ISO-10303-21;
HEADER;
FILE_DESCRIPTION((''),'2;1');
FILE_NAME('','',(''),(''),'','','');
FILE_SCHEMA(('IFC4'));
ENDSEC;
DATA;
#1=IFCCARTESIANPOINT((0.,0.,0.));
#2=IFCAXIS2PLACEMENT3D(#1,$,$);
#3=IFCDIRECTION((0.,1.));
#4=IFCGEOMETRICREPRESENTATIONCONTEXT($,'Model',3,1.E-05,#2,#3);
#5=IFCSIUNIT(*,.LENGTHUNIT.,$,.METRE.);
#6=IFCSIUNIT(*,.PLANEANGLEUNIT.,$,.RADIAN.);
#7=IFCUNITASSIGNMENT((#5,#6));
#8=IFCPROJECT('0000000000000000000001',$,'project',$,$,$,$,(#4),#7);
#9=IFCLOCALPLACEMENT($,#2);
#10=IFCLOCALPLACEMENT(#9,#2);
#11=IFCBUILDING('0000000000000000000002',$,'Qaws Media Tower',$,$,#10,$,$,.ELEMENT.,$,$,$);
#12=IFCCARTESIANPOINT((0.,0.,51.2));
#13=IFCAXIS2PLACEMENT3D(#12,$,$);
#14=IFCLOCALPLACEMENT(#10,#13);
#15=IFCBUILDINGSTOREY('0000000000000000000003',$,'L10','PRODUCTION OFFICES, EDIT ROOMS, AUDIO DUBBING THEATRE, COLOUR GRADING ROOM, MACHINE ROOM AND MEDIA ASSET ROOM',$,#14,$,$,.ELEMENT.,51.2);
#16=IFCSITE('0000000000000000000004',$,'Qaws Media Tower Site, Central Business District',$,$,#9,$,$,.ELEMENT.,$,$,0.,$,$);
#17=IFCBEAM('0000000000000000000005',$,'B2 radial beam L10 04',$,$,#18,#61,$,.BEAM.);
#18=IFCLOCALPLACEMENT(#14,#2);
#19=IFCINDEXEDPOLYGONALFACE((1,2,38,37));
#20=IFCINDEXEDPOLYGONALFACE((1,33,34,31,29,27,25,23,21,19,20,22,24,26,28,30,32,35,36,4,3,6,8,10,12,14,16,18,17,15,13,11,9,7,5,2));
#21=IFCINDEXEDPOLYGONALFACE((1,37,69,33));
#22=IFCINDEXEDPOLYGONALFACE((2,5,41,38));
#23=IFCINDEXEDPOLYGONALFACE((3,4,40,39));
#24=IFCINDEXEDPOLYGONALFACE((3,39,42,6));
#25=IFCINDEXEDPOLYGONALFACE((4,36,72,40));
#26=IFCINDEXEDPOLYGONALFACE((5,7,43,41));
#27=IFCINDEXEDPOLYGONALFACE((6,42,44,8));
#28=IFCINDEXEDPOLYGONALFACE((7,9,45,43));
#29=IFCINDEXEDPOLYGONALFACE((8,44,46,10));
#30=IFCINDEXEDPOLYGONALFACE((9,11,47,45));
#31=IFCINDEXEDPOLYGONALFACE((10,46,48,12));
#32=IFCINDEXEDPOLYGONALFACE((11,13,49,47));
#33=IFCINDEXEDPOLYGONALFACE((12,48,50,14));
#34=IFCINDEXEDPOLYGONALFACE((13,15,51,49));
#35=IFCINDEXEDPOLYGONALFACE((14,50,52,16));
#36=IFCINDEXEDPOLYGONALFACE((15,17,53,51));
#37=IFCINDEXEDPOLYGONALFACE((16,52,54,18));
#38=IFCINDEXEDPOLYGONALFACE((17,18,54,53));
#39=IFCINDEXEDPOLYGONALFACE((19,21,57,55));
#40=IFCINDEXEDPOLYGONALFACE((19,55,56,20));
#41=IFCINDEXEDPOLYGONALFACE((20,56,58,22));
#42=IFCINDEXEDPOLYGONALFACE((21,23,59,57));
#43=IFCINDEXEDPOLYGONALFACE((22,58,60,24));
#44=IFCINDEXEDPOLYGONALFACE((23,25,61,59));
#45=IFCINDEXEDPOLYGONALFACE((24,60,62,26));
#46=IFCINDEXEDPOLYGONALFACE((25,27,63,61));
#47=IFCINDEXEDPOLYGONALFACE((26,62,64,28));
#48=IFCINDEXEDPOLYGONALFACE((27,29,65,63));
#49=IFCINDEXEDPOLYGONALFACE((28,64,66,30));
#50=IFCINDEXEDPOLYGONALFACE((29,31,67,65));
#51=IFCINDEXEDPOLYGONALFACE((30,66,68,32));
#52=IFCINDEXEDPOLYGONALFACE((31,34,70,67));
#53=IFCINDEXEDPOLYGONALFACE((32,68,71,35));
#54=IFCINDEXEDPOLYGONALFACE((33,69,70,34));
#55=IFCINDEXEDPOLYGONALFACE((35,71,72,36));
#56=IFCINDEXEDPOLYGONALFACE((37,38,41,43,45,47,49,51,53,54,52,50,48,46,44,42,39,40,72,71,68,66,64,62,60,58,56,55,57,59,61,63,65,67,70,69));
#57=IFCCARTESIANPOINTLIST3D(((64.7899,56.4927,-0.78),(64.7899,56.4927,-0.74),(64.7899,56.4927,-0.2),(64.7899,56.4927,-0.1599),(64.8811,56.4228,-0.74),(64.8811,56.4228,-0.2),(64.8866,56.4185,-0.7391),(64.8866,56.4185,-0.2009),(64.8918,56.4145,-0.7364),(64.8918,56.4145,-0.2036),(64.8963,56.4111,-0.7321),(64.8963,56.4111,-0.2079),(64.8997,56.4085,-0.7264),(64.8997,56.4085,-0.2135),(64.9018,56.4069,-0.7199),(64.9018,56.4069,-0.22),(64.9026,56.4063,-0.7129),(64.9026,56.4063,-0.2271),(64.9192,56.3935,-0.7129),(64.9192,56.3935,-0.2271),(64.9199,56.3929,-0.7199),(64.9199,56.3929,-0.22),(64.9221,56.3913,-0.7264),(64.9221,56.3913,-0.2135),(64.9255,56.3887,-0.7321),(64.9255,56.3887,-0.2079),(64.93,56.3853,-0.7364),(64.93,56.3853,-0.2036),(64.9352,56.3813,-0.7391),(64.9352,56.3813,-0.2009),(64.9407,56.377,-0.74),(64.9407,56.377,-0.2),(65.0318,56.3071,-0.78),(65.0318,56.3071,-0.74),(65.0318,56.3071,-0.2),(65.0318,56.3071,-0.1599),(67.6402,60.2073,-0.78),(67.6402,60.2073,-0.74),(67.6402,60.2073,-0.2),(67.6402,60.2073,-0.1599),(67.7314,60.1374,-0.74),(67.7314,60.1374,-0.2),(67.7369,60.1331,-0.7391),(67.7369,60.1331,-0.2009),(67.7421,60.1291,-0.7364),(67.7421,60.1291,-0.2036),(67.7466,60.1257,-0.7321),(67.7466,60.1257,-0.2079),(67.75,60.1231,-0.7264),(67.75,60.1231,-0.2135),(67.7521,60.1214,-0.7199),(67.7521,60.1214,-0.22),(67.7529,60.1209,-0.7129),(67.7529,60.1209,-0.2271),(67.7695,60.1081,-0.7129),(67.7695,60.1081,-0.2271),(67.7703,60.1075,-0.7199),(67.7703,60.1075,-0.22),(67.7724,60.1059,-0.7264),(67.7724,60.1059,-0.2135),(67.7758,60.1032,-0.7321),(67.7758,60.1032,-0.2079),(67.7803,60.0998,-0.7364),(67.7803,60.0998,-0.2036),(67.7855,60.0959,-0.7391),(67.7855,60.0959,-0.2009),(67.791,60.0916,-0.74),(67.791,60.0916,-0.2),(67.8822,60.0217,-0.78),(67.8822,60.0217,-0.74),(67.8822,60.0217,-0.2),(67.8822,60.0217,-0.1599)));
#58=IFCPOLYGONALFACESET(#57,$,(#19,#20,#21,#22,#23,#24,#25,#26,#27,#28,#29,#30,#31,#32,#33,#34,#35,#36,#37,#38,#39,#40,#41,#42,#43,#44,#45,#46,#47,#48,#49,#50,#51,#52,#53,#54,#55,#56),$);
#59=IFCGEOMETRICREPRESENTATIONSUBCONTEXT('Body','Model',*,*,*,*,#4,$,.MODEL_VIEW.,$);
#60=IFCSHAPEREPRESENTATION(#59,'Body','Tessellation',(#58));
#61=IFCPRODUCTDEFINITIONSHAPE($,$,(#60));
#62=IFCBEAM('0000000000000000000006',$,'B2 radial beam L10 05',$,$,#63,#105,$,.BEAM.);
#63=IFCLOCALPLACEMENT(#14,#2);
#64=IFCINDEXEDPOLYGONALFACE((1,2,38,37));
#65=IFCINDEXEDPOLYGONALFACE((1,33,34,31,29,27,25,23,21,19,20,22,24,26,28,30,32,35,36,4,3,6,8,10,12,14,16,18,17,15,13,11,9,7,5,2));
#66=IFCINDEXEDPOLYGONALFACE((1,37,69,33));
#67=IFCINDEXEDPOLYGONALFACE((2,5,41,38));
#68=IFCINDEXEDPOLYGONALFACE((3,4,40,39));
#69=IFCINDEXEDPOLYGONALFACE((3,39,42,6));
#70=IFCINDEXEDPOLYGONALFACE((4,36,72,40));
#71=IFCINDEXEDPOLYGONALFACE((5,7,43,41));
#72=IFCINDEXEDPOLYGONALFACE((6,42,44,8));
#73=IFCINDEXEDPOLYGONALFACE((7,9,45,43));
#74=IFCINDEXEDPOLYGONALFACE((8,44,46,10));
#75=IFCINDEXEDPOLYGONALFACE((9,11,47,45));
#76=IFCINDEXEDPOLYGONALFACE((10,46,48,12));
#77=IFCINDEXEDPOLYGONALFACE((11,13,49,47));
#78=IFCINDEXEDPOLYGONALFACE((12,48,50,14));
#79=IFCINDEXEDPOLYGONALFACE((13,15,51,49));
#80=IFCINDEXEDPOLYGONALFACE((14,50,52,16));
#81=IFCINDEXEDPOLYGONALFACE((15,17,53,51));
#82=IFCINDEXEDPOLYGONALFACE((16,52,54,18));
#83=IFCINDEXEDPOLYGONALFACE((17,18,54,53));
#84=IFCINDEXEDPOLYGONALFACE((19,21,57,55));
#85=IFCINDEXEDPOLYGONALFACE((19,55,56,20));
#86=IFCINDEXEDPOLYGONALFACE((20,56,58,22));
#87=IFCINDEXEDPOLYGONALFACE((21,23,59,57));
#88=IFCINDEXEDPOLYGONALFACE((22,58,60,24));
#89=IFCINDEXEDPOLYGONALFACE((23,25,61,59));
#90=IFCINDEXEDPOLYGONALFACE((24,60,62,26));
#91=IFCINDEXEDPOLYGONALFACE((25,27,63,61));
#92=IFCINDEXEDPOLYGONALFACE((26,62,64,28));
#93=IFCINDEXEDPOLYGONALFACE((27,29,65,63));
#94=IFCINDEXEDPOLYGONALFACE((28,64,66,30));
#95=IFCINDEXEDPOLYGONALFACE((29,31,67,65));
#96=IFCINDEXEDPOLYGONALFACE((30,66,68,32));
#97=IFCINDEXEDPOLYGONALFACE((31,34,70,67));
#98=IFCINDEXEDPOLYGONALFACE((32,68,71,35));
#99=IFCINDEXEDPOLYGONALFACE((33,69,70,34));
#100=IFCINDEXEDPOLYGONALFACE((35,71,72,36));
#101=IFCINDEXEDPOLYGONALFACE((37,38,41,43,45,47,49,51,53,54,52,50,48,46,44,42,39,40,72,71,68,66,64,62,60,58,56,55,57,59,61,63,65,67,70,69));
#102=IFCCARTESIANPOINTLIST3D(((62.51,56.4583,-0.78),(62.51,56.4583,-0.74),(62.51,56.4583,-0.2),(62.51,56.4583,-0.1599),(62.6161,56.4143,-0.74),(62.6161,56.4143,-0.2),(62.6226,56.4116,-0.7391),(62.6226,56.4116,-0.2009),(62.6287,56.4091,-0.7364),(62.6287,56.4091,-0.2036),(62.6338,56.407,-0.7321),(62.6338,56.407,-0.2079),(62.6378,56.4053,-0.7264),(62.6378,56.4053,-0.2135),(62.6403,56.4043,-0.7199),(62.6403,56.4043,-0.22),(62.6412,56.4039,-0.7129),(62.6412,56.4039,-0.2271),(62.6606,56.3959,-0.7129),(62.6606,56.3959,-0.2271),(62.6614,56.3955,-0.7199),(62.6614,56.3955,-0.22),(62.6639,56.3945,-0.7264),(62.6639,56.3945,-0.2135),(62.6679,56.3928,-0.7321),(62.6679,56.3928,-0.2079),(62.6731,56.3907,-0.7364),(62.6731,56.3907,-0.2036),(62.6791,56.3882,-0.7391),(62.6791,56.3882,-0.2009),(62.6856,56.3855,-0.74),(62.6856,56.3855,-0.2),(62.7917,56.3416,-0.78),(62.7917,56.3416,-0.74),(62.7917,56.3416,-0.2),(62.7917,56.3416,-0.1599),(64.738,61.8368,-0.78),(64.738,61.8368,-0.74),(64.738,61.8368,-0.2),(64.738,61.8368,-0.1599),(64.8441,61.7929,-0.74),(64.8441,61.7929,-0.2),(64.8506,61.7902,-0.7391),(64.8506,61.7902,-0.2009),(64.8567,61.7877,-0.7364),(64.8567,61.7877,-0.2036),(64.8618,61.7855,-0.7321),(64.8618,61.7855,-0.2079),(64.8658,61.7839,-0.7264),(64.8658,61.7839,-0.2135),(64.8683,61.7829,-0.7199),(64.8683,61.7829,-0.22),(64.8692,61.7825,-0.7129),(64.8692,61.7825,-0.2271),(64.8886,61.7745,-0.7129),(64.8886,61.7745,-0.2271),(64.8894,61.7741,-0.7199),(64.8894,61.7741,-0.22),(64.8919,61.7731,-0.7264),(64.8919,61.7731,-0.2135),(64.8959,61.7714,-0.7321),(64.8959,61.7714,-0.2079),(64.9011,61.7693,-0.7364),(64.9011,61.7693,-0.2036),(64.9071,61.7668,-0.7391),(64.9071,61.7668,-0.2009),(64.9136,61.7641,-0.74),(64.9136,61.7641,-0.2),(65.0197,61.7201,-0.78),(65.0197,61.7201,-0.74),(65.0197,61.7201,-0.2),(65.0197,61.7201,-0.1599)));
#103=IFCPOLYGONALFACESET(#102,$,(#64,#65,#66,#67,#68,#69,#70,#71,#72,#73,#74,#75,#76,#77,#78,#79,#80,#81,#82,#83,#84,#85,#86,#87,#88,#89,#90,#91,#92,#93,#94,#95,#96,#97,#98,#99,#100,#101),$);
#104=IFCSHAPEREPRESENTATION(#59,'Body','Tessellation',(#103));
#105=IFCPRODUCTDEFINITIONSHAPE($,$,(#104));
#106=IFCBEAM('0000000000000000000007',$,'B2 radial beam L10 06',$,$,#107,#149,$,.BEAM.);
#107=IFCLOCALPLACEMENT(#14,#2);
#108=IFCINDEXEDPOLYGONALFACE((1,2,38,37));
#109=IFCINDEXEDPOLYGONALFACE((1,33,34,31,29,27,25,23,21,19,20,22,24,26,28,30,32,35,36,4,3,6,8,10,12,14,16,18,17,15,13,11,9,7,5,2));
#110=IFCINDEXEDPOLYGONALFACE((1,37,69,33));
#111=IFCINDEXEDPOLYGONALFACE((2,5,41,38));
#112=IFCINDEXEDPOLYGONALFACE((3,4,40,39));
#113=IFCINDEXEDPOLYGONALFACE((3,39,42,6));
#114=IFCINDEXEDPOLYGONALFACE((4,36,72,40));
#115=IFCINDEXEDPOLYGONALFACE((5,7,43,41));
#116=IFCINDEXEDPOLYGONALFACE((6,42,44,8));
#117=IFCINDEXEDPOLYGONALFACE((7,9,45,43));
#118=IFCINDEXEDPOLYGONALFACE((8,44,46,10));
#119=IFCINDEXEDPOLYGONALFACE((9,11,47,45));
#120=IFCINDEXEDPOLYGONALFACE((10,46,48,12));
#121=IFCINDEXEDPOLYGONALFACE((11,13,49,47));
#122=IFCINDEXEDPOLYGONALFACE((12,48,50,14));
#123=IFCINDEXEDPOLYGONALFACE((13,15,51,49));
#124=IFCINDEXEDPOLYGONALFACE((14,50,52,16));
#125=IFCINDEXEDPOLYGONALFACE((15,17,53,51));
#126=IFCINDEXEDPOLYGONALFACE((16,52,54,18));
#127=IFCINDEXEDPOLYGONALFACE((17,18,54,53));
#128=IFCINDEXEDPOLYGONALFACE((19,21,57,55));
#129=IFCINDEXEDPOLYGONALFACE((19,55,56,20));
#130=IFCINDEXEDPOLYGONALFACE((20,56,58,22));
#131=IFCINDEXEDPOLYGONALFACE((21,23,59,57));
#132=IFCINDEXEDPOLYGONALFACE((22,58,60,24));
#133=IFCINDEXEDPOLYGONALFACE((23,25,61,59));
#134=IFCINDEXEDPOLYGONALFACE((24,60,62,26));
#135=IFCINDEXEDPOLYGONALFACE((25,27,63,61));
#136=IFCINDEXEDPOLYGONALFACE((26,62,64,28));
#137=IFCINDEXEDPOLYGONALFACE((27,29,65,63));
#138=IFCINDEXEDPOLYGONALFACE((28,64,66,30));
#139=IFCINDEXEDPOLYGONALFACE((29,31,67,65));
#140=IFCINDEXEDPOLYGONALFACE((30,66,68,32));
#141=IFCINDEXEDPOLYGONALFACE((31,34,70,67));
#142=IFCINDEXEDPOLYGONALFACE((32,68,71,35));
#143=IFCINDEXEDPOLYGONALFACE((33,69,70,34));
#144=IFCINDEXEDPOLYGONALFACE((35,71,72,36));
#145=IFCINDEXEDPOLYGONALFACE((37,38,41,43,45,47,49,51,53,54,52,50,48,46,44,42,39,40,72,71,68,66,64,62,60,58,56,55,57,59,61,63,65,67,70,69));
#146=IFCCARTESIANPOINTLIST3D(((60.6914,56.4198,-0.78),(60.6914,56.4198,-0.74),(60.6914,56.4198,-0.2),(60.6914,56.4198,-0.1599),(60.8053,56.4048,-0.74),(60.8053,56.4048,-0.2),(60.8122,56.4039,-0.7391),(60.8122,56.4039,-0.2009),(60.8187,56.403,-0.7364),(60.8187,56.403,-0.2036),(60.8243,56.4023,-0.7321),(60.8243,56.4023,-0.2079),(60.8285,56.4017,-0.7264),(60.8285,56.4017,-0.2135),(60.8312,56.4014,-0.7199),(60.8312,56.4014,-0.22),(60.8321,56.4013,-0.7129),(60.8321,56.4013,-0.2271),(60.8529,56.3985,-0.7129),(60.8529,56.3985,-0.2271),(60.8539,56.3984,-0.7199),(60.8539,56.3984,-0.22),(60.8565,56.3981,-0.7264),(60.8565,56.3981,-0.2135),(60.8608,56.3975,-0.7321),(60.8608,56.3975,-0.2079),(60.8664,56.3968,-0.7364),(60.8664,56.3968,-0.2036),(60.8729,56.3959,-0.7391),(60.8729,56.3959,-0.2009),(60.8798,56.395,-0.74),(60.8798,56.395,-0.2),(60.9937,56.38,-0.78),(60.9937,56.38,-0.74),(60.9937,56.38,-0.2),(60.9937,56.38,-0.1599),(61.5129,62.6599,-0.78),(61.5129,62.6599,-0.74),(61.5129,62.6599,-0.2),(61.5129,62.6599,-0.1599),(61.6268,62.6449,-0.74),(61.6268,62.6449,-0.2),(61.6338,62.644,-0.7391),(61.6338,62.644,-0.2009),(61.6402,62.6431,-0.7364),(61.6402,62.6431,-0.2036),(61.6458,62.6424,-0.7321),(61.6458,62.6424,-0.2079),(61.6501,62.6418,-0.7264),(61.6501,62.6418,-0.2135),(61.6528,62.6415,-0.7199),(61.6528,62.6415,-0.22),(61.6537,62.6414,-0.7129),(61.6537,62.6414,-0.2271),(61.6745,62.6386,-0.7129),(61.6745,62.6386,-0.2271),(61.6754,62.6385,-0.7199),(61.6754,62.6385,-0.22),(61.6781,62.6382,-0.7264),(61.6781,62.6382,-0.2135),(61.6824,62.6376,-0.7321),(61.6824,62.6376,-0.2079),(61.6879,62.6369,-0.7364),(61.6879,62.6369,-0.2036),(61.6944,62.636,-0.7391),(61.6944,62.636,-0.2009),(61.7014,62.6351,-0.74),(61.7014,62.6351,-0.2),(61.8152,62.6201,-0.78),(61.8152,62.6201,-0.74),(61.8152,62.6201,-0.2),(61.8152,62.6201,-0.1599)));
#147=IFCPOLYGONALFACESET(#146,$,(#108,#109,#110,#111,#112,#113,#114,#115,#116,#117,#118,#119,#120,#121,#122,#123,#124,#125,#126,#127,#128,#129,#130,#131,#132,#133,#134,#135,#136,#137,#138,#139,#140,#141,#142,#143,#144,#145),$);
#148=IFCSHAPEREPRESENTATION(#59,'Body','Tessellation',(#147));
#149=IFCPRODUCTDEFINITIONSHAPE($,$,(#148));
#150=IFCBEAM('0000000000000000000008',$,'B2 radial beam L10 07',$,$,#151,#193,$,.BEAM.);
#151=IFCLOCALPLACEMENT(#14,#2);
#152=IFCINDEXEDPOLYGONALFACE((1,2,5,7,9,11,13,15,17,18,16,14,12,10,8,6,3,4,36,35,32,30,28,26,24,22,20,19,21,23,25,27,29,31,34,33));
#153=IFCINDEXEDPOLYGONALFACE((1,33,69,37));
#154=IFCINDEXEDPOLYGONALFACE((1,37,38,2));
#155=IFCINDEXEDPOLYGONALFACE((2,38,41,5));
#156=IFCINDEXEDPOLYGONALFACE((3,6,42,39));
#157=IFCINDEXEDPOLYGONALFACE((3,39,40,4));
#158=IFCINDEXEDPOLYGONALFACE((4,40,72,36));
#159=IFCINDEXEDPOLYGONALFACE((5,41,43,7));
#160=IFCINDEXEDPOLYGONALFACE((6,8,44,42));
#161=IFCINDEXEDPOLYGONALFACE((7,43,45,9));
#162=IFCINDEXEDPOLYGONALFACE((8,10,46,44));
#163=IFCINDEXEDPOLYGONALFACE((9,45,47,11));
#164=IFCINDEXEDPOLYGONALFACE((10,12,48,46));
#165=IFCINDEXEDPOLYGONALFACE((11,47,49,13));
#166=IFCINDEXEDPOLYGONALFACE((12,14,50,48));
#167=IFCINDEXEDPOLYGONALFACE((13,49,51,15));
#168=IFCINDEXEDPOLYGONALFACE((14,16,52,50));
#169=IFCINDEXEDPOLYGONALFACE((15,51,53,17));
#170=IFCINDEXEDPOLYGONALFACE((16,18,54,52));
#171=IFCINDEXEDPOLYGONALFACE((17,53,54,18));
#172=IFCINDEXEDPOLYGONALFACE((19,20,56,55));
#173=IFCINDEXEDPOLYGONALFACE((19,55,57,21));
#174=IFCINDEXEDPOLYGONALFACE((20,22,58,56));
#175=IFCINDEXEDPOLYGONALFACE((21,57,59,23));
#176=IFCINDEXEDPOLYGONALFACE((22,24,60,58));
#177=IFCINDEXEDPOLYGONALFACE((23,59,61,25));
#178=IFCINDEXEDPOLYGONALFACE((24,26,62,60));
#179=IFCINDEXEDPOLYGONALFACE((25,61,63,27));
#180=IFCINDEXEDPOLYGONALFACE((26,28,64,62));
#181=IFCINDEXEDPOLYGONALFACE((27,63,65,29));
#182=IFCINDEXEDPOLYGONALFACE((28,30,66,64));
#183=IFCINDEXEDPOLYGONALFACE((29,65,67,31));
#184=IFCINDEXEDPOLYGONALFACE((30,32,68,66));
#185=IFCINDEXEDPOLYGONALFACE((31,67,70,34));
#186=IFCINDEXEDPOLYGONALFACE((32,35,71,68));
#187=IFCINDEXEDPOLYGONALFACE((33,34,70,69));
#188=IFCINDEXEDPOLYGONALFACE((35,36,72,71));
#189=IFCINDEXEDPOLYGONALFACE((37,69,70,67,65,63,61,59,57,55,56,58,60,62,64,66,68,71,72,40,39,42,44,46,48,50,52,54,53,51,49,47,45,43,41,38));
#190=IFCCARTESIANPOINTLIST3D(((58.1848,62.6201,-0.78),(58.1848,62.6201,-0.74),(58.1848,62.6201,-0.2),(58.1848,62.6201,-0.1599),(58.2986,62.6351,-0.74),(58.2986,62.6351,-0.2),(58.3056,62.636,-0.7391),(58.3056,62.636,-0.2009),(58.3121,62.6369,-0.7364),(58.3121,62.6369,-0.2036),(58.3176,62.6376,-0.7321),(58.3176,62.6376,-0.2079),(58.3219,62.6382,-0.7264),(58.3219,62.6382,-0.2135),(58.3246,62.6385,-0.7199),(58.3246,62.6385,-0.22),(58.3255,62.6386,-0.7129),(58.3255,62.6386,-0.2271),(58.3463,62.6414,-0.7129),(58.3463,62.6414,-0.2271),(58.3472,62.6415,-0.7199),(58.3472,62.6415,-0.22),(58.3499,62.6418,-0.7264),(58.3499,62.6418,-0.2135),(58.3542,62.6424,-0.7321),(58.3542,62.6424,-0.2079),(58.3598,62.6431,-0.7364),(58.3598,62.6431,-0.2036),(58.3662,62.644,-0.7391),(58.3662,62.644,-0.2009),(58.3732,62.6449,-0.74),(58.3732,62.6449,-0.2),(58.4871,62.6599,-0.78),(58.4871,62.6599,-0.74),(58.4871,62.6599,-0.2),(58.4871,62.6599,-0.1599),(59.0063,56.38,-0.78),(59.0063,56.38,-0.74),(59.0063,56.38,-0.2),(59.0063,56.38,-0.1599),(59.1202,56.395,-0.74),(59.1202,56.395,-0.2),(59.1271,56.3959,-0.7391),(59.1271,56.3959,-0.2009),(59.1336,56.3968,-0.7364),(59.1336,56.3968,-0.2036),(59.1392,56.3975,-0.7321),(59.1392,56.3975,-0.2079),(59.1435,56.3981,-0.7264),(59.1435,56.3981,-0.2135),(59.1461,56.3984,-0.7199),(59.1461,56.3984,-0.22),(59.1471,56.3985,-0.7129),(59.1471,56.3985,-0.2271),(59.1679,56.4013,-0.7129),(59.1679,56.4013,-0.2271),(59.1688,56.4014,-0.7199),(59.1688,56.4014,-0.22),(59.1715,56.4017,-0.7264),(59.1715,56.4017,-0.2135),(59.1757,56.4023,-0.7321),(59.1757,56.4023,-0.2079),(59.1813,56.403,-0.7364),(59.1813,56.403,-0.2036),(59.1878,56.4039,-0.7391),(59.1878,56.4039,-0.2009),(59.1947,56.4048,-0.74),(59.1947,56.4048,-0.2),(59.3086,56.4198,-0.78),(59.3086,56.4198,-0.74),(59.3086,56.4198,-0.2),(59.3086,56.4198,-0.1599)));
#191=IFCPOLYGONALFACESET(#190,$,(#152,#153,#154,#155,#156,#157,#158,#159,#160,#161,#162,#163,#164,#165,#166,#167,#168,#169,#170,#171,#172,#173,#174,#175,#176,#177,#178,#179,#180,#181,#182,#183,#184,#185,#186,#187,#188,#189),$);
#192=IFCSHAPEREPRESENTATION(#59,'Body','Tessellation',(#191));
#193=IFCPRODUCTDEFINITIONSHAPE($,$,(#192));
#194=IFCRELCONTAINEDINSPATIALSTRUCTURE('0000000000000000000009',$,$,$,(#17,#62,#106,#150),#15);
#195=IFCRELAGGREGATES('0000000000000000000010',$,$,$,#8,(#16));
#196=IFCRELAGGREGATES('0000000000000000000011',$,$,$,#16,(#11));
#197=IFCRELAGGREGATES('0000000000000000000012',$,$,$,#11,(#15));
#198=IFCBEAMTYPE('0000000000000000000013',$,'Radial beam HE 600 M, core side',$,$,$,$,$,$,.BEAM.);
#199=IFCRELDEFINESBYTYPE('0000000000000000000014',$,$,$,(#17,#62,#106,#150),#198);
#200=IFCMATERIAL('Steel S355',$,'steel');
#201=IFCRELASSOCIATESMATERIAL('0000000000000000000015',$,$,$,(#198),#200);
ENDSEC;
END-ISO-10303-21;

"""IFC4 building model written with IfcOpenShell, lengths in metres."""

from ifc_helpers import new_model, si_unit, direction, frame, origin, origin_2d, place, context, subcontext, project, spatial, i_section, extrude, material, material_profile, profile_set, type_object, element, save


model = new_model("IFC4")

# Units and contexts
model_context = context("Model", 3, precision=1e-05, world=origin(), true_north=direction((0.0, 1.0)))
body_context = subcontext(model_context, "Body", "Model", "MODEL_VIEW")
ifc_project = project(units=[si_unit("LENGTHUNIT", "METRE"), si_unit("PLANEANGLEUNIT", "RADIAN")], contexts=[model_context])

# Site, building, storey
site_placement = place(None, origin())
site = spatial("IfcSite", under=ifc_project, at=site_placement, Name="Qaws Media Tower Site, Central Business District", CompositionType="ELEMENT", RefElevation=0.0)
building_placement = place(site_placement, origin())
building = spatial("IfcBuilding", under=site, at=building_placement, Name="Qaws Media Tower", CompositionType="ELEMENT")
storey_placement = place(building_placement, frame((0.0, 0.0, 51.2)))
storey = spatial("IfcBuildingStorey", under=building, at=storey_placement, Name="L10", Description="PRODUCTION OFFICES, EDIT ROOMS, AUDIO DUBBING THEATRE, COLOUR GRADING ROOM, MACHINE ROOM AND MEDIA ASSET ROOM", CompositionType="ELEMENT", Elevation=51.2)

# Beams
ifc_material_1 = material(Name="Steel S355", Category="steel")
ifc_material_profile_1 = material_profile(ifc_material_1, i_section(OverallWidth=0.3049, OverallDepth=0.6201, WebThickness=0.021, FlangeThickness=0.04, FilletRadius=0.0271, at=origin_2d()), Name="HE 600 M")
ifc_profile_set_1 = profile_set([ifc_material_profile_1], Name="Steel S355")
beam_type_1 = type_object("IfcBeamType", Name="Radial beam HE 600 M, core side", PredefinedType="BEAM", material=ifc_profile_set_1)
beam_1_placement = place(storey_placement, frame((64.9109, 56.3999, -0.47), z_axis=(0.608765, 0.79335, 0.0), x_axis=(-0.79335, 0.608765, 0.0)))
element("IfcBeam", 1, at=beam_1_placement, inside=storey, type_object=beam_type_1, Name="B2 radial beam L10 04", PredefinedType="BEAM", context=body_context, shape_type="SweptSolid", body=[
    extrude(i_section(OverallWidth=0.3049, OverallDepth=0.6201, WebThickness=0.021, FlangeThickness=0.04, FilletRadius=0.0271, at=origin_2d()), origin(), (0.0, 0.0, 1.0), 4.6821),
])
beam_2_placement = place(storey_placement, frame((62.6509, 56.3999, -0.47), z_axis=(0.3827, 0.923873, 0.0), x_axis=(-0.923873, 0.3827, 0.0)))
element("IfcBeam", 2, at=beam_2_placement, inside=storey, type_object=beam_type_1, Name="B2 radial beam L10 05", PredefinedType="BEAM", context=body_context, shape_type="SweptSolid", body=[
    extrude(i_section(OverallWidth=0.3049, OverallDepth=0.6201, WebThickness=0.021, FlangeThickness=0.04, FilletRadius=0.0271, at=origin_2d()), origin(), (0.0, 0.0, 1.0), 5.8218),
])
for number, where, z_axis, x_axis, name in (
    (3, (60.8425, 56.3999, -0.47), (0.13053, 0.991444, 0.0), (-0.991444, 0.13053, 0.0), "B2 radial beam L10 06"),
    (4, (59.1575, 56.3999, -0.47), (-0.13053, 0.991444, 0.0), (-0.991444, -0.13053, 0.0), "B2 radial beam L10 07"),
):
    element("IfcBeam", number, at=place(storey_placement, frame(where, z_axis=z_axis, x_axis=x_axis)), inside=storey, type_object=beam_type_1, Name=name, PredefinedType="BEAM", context=body_context, shape_type="SweptSolid", body=[
        extrude(i_section(OverallWidth=0.3049, OverallDepth=0.6201, WebThickness=0.021, FlangeThickness=0.04, FilletRadius=0.0271, at=origin_2d()), origin(), (0.0, 0.0, 1.0), 6.2939),
    ])

save(model, "model.ifc")
